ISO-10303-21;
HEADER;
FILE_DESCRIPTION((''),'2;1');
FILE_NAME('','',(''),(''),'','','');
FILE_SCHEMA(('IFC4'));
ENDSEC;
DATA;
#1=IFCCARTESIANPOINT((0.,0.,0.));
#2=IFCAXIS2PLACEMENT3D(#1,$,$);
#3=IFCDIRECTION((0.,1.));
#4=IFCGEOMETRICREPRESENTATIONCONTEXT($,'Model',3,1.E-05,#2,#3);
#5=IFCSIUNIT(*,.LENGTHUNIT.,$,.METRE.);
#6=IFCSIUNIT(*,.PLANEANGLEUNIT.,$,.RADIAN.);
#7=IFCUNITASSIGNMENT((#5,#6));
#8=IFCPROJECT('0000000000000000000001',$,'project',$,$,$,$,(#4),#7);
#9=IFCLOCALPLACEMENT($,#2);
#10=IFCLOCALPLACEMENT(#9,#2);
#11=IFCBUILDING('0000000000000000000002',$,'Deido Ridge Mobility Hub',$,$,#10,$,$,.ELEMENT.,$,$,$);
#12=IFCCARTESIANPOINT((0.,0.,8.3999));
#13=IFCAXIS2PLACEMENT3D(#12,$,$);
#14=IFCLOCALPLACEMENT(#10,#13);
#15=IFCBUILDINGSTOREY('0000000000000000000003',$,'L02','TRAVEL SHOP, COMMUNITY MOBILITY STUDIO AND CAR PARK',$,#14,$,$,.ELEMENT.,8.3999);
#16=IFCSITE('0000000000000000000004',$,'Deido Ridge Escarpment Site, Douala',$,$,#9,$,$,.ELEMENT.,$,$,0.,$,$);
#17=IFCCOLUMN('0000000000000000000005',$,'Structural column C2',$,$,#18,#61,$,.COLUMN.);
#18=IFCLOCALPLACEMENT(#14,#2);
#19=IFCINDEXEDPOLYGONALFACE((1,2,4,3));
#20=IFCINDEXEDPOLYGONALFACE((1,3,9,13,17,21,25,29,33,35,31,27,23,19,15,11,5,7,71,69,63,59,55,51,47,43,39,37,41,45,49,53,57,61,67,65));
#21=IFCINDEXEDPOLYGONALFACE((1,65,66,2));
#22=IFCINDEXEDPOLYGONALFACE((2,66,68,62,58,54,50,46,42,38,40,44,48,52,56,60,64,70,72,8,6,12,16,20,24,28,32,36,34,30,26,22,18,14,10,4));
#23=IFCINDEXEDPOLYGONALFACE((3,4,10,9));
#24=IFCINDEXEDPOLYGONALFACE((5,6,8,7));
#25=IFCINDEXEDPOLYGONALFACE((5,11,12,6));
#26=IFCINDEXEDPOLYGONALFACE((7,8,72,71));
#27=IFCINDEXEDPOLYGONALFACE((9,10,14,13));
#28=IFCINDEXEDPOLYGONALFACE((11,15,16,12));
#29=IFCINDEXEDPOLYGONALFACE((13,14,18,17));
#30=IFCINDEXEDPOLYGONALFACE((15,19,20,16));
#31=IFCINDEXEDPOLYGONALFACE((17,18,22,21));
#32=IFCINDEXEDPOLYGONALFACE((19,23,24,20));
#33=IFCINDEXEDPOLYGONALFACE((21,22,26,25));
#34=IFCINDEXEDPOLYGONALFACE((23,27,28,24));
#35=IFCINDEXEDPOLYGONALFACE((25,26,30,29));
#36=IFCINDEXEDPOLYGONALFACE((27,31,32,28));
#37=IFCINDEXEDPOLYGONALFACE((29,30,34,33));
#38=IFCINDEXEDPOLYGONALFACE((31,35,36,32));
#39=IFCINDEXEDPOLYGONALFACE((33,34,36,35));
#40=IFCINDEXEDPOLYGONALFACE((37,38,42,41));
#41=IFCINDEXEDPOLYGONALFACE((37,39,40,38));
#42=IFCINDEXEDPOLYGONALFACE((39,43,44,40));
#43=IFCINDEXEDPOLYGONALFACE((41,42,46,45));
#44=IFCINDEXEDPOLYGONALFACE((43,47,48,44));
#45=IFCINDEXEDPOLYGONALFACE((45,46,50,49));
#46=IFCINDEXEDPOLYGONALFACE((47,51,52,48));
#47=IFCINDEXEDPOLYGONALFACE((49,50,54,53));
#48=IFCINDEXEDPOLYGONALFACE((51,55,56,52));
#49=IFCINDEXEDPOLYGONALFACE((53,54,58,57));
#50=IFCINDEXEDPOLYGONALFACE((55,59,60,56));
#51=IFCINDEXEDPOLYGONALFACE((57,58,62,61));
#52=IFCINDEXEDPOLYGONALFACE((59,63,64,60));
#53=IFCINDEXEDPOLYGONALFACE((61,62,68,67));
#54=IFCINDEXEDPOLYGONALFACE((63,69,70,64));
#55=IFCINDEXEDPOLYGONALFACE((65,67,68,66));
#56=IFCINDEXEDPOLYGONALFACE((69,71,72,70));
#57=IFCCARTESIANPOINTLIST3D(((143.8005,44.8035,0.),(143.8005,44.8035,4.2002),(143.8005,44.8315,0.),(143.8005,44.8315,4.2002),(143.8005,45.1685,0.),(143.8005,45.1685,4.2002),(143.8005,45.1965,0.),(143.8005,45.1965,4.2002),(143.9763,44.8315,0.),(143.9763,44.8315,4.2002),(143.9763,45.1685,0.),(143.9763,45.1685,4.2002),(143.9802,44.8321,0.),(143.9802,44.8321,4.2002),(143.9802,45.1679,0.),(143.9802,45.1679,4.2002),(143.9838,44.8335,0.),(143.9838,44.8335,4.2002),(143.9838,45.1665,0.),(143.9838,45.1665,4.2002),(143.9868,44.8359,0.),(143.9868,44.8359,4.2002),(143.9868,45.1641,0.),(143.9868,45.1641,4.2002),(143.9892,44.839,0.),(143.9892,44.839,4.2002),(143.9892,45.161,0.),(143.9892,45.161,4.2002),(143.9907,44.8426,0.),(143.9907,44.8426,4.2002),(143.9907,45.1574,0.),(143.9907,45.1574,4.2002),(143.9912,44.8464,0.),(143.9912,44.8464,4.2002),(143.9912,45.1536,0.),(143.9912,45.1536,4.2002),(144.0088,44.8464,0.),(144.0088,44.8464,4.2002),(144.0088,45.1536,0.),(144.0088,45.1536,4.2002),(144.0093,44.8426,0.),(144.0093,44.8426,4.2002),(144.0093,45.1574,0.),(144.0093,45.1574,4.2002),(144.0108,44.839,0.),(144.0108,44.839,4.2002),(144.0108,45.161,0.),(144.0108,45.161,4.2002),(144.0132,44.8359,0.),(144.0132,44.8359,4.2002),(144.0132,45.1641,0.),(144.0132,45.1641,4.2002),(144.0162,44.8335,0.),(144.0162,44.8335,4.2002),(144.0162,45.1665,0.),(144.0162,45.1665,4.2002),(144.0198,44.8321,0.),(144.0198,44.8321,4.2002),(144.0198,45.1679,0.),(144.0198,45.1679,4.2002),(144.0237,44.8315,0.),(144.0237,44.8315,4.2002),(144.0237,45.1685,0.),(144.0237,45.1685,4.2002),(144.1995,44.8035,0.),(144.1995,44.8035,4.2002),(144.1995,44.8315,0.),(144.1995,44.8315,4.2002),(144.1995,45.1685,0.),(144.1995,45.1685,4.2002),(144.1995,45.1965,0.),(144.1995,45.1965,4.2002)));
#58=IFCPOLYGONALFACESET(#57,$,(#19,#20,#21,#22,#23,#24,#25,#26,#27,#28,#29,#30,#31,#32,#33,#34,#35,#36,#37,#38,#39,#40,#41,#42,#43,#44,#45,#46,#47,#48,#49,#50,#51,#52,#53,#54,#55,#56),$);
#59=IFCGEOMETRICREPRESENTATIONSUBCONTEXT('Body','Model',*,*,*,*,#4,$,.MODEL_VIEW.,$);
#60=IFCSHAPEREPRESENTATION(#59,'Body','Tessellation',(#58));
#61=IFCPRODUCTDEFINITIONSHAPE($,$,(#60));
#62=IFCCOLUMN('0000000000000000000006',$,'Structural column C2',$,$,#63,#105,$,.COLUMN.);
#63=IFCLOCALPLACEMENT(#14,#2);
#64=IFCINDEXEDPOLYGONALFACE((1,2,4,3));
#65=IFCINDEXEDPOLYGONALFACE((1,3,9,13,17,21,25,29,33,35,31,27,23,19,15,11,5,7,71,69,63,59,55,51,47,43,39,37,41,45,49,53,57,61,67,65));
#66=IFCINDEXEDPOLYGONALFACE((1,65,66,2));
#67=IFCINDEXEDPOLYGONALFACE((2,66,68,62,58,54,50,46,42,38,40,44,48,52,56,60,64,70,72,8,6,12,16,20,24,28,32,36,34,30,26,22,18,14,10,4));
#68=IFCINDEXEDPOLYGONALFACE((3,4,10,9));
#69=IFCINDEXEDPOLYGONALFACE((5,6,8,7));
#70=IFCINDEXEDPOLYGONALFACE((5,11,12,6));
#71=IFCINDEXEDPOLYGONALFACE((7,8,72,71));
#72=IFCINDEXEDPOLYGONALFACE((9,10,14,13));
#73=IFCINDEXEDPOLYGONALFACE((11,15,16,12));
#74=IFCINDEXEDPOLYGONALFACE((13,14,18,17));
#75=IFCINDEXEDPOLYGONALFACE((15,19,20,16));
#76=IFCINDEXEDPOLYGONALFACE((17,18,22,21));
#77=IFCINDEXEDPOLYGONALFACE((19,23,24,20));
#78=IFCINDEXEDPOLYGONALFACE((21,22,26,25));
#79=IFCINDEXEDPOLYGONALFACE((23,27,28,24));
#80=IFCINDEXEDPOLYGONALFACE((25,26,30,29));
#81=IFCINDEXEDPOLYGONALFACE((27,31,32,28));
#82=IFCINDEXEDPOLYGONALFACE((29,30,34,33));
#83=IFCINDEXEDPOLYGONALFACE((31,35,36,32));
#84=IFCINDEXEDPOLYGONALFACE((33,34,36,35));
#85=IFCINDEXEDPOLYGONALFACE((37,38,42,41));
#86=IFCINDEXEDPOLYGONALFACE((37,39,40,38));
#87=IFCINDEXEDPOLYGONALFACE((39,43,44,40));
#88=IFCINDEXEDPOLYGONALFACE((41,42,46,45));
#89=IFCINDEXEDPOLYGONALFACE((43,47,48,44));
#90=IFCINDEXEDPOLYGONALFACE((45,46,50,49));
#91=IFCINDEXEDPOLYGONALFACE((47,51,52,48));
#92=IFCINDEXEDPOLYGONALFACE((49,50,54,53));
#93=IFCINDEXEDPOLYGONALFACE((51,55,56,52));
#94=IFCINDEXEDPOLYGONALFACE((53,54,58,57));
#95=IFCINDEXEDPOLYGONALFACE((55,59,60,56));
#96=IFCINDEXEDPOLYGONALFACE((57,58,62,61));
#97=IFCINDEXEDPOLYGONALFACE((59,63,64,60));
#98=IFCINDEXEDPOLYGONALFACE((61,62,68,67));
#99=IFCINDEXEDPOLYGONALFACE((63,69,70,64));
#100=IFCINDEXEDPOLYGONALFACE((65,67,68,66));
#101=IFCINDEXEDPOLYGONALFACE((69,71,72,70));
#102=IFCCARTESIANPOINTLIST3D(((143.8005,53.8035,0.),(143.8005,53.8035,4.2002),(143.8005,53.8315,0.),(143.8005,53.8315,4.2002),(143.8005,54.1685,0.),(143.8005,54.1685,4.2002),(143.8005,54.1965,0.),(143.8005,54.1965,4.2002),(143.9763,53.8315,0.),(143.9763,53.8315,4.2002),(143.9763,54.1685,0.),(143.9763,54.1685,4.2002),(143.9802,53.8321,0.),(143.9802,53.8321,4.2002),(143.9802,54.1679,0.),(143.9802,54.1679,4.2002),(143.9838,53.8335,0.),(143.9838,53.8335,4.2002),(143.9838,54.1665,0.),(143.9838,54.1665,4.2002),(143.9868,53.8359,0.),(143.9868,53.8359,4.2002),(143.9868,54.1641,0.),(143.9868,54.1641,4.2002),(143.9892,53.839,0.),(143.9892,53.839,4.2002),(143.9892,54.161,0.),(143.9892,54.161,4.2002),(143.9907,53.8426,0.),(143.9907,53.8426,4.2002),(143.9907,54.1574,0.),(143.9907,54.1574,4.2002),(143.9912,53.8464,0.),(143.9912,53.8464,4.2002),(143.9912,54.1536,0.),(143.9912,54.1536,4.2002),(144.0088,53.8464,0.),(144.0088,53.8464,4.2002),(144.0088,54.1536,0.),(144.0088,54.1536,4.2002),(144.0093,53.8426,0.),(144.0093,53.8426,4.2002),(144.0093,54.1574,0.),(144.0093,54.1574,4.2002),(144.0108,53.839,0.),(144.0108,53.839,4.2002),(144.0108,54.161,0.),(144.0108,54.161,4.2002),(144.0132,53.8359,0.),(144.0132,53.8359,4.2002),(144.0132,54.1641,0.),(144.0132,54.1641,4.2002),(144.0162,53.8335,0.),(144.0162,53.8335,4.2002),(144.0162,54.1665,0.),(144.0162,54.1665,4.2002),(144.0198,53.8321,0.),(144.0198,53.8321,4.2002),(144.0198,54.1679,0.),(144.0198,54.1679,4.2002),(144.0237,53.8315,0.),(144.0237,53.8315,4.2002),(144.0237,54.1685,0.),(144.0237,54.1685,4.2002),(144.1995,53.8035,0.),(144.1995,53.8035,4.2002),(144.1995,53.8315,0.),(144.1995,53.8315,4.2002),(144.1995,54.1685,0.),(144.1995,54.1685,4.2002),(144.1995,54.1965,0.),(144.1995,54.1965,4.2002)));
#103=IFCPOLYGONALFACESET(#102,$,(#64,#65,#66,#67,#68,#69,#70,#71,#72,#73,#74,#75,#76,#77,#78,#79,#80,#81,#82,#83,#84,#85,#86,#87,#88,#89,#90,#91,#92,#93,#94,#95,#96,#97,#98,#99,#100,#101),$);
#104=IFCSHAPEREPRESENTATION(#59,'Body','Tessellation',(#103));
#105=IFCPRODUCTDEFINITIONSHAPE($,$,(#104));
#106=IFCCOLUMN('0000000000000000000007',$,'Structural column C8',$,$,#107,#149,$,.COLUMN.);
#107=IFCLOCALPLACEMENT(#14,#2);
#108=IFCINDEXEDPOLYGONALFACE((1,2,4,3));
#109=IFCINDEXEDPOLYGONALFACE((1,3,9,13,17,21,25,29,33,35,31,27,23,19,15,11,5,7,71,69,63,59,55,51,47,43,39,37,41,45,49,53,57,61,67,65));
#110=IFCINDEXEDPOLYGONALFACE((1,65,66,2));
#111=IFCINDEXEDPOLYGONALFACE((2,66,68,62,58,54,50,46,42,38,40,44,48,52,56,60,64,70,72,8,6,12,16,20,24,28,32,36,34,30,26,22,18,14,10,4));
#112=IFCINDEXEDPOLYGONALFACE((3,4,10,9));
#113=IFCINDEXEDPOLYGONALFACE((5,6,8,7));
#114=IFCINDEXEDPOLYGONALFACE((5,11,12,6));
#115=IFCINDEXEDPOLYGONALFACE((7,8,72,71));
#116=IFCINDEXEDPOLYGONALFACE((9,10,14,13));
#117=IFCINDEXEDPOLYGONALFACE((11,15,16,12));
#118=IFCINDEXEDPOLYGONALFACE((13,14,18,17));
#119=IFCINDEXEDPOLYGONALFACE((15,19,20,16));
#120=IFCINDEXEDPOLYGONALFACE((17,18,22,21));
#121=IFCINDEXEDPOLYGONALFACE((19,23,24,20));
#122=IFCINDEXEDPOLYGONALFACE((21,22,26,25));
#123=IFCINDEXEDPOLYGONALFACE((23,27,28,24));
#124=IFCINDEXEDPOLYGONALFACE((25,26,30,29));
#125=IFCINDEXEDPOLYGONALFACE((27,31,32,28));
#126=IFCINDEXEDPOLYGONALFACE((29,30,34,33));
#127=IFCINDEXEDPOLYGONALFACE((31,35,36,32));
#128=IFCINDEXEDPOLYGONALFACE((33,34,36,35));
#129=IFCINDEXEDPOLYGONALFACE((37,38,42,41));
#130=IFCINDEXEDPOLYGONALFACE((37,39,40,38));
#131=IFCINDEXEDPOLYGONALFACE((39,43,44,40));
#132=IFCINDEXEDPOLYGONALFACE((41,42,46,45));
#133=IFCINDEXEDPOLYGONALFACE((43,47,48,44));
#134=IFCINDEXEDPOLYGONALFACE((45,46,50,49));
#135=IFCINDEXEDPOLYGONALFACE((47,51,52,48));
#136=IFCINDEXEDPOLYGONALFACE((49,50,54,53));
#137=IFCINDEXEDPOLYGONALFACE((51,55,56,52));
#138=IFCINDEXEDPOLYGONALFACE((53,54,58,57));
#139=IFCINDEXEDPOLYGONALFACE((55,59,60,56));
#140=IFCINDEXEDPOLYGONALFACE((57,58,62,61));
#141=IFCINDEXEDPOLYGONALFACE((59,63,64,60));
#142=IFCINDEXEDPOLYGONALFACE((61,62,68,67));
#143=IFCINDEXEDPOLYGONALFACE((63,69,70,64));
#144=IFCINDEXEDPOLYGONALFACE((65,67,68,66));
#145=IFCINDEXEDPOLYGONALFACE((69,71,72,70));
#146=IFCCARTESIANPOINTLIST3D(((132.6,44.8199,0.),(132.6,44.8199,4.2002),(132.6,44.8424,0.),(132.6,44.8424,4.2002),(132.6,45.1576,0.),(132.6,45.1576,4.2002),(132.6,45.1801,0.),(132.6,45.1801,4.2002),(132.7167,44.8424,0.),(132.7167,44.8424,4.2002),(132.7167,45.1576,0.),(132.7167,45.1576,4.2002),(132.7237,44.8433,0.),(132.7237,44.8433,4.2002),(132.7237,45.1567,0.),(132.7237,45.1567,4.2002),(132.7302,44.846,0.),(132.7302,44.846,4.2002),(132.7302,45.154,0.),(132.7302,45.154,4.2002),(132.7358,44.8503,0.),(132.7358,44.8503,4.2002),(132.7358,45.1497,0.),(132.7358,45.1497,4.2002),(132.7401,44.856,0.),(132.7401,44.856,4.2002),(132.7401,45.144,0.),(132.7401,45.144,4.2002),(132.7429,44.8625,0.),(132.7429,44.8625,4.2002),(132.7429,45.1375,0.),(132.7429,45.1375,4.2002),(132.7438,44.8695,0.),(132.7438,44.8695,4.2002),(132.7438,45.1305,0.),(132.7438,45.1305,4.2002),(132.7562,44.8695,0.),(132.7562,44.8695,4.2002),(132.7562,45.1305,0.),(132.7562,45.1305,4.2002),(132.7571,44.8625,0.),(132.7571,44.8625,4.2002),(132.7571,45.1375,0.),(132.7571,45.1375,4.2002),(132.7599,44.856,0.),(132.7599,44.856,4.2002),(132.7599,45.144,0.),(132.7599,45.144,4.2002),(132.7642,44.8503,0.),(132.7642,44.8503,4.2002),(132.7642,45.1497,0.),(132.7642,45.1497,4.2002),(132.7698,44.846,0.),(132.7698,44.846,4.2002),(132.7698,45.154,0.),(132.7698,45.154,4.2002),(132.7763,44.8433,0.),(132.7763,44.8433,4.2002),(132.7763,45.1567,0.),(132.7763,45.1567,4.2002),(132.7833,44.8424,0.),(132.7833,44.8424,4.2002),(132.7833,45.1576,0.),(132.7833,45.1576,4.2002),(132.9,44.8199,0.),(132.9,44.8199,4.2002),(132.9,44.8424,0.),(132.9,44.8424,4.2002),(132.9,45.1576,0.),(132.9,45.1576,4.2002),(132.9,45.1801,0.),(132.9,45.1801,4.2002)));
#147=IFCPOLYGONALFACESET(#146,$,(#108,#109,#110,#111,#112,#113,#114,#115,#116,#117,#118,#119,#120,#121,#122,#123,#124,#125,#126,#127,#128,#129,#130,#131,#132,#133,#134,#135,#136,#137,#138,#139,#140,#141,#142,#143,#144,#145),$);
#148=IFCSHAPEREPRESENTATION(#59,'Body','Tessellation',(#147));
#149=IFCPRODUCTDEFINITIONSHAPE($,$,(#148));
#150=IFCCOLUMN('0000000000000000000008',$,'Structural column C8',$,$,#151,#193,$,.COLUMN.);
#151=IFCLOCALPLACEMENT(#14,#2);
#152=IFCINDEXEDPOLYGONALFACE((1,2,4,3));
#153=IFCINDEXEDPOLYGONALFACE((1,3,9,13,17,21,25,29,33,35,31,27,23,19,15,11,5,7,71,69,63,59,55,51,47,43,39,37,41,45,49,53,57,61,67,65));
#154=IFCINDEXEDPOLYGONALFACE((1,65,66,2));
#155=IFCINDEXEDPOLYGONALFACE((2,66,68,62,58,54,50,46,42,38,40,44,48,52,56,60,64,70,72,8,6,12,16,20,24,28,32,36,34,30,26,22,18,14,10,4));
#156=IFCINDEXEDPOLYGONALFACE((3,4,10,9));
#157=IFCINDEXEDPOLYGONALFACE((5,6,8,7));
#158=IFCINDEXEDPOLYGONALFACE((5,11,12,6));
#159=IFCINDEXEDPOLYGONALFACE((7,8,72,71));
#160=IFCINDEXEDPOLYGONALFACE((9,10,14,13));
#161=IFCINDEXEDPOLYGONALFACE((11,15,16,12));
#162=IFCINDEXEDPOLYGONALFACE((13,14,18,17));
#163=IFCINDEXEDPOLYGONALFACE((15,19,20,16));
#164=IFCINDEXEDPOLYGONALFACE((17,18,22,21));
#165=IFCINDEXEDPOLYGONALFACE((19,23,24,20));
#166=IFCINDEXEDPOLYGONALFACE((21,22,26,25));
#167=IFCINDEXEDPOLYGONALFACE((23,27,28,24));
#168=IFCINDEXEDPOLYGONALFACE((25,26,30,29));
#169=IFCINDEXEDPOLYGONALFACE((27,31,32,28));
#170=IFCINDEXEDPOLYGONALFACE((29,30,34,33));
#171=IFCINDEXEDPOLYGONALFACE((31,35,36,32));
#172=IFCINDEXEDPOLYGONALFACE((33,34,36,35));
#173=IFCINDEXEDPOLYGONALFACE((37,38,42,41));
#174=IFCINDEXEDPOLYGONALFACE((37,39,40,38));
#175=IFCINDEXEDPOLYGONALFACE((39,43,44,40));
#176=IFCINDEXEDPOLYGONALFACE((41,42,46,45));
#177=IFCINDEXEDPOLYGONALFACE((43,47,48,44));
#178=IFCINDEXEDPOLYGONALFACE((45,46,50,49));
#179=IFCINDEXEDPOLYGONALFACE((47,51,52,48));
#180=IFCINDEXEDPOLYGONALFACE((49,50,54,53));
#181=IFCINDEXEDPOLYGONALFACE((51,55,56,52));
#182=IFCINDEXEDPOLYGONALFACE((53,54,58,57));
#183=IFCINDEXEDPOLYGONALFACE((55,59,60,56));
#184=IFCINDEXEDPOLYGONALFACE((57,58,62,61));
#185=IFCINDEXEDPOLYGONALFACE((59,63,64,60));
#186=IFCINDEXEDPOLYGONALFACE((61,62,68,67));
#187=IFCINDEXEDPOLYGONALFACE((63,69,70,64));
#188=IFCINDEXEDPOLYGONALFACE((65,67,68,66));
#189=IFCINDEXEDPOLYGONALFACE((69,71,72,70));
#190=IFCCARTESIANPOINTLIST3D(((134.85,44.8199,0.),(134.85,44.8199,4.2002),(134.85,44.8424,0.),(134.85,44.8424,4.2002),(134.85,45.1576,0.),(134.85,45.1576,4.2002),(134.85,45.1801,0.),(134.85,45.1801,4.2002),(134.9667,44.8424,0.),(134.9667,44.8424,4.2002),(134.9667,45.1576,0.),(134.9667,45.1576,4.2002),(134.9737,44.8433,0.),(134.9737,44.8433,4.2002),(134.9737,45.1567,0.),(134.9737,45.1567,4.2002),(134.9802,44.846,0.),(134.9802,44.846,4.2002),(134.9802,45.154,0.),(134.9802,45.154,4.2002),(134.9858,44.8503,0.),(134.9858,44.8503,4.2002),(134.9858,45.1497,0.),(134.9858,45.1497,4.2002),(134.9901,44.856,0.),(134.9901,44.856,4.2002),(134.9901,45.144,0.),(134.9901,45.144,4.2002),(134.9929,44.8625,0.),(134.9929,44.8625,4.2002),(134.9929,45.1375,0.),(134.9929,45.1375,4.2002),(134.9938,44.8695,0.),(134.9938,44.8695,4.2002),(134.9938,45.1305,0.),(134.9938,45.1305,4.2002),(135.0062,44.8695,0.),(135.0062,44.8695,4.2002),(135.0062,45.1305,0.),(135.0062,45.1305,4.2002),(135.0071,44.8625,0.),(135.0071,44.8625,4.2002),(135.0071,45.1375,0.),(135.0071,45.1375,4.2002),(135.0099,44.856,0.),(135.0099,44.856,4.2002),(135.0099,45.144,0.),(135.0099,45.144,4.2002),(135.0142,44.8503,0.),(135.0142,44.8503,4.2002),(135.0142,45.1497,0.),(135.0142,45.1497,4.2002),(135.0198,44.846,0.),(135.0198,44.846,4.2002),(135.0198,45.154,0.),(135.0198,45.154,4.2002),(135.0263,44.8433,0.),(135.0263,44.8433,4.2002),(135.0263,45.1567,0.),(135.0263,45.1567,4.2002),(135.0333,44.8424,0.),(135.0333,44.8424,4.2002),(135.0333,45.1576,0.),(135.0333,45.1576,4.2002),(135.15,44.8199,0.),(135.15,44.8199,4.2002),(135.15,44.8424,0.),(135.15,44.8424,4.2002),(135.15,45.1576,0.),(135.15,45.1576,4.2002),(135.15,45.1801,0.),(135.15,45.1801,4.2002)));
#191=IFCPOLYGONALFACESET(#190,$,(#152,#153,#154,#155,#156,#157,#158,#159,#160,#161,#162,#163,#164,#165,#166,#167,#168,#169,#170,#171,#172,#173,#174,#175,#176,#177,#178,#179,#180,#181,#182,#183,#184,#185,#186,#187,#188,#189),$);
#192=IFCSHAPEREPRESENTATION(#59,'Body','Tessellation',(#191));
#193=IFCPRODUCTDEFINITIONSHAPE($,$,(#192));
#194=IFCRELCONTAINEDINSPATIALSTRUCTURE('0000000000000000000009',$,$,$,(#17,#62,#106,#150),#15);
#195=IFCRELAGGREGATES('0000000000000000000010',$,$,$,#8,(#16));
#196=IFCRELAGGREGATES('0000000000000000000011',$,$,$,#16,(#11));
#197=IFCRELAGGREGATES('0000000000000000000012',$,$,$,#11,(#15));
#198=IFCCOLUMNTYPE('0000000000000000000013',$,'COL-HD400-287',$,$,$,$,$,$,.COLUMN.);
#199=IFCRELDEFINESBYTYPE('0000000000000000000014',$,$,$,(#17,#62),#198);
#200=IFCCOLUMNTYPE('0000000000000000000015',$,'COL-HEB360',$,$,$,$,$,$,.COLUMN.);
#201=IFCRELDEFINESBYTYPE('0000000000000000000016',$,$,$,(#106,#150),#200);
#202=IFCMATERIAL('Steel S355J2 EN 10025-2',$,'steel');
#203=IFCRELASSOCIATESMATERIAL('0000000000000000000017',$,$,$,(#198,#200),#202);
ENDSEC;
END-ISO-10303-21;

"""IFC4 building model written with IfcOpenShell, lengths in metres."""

from ifc_helpers import new_model, si_unit, direction, frame, origin, origin_2d, place, context, subcontext, project, spatial, i_section, extrude, material, material_profile, profile_set, type_object, element, save


model = new_model("IFC4")

# Units and contexts
model_context = context("Model", 3, precision=1e-05, world=origin(), true_north=direction((0.0, 1.0)))
body_context = subcontext(model_context, "Body", "Model", "MODEL_VIEW")
ifc_project = project(units=[si_unit("LENGTHUNIT", "METRE"), si_unit("PLANEANGLEUNIT", "RADIAN")], contexts=[model_context])

# Site, building, storey
site_placement = place(None, origin())
site = spatial("IfcSite", under=ifc_project, at=site_placement, Name="Deido Ridge Escarpment Site, Douala", CompositionType="ELEMENT", RefElevation=0.0)
building_placement = place(site_placement, origin())
building = spatial("IfcBuilding", under=site, at=building_placement, Name="Deido Ridge Mobility Hub", CompositionType="ELEMENT")
storey_placement = place(building_placement, frame((0.0, 0.0, 8.3999)))
storey = spatial("IfcBuildingStorey", under=building, at=storey_placement, Name="L02", Description="TRAVEL SHOP, COMMUNITY MOBILITY STUDIO AND CAR PARK", CompositionType="ELEMENT", Elevation=8.3999)

# Columns
ifc_material_1 = material(Name="Steel S355J2 EN 10025-2", Category="steel")
ifc_material_profile_1 = material_profile(ifc_material_1, i_section(OverallWidth=0.3989, OverallDepth=0.3931, WebThickness=0.0176, FlangeThickness=0.0281, FilletRadius=0.0149, at=origin_2d()), Name="HD 400x287")
ifc_profile_set_1 = profile_set([ifc_material_profile_1], Name="Steel S355J2 EN 10025-2")
column_type_1 = type_object("IfcColumnType", Name="COL-HD400-287", PredefinedType="COLUMN", material=ifc_profile_set_1)
for number, where, z_axis, x_axis, name in (
    (1, (144.0, 45.0, 0.0), (0.0, 0.0, 1.0), (1.0, 0.0, 0.0), "Structural column C2"),
    (2, (144.0, 54.0, 0.0), (0.0, 0.0, 1.0), (1.0, 0.0, 0.0), "Structural column C2"),
):
    element("IfcColumn", number, at=place(storey_placement, frame(where, z_axis=z_axis, x_axis=x_axis)), inside=storey, type_object=column_type_1, Name=name, PredefinedType="COLUMN", context=body_context, shape_type="SweptSolid", body=[
        extrude(i_section(OverallWidth=0.3989, OverallDepth=0.3931, WebThickness=0.0176, FlangeThickness=0.0281, FilletRadius=0.0149, at=origin_2d()), origin(), (0.0, 0.0, 1.0), 4.2002),
    ])
ifc_material_profile_2 = material_profile(ifc_material_1, i_section(OverallWidth=0.3, OverallDepth=0.3601, WebThickness=0.0125, FlangeThickness=0.0225, FilletRadius=0.0271, at=origin_2d()), Name="HEB 360")
ifc_profile_set_2 = profile_set([ifc_material_profile_2], Name="Steel S355J2 EN 10025-2")
column_type_2 = type_object("IfcColumnType", Name="COL-HEB360", PredefinedType="COLUMN", material=ifc_profile_set_2)
for number, where, z_axis, x_axis, name in (
    (3, (132.75, 45.0, 0.0), (0.0, 0.0, 1.0), (1.0, 0.0, 0.0), "Structural column C8"),
    (4, (135.0, 45.0, 0.0), (0.0, 0.0, 1.0), (1.0, 0.0, 0.0), "Structural column C8"),
):
    element("IfcColumn", number, at=place(storey_placement, frame(where, z_axis=z_axis, x_axis=x_axis)), inside=storey, type_object=column_type_2, Name=name, PredefinedType="COLUMN", context=body_context, shape_type="SweptSolid", body=[
        extrude(i_section(OverallWidth=0.3, OverallDepth=0.3601, WebThickness=0.0125, FlangeThickness=0.0225, FilletRadius=0.0271, at=origin_2d()), origin(), (0.0, 0.0, 1.0), 4.2002),
    ])

save(model, "model.ifc")
